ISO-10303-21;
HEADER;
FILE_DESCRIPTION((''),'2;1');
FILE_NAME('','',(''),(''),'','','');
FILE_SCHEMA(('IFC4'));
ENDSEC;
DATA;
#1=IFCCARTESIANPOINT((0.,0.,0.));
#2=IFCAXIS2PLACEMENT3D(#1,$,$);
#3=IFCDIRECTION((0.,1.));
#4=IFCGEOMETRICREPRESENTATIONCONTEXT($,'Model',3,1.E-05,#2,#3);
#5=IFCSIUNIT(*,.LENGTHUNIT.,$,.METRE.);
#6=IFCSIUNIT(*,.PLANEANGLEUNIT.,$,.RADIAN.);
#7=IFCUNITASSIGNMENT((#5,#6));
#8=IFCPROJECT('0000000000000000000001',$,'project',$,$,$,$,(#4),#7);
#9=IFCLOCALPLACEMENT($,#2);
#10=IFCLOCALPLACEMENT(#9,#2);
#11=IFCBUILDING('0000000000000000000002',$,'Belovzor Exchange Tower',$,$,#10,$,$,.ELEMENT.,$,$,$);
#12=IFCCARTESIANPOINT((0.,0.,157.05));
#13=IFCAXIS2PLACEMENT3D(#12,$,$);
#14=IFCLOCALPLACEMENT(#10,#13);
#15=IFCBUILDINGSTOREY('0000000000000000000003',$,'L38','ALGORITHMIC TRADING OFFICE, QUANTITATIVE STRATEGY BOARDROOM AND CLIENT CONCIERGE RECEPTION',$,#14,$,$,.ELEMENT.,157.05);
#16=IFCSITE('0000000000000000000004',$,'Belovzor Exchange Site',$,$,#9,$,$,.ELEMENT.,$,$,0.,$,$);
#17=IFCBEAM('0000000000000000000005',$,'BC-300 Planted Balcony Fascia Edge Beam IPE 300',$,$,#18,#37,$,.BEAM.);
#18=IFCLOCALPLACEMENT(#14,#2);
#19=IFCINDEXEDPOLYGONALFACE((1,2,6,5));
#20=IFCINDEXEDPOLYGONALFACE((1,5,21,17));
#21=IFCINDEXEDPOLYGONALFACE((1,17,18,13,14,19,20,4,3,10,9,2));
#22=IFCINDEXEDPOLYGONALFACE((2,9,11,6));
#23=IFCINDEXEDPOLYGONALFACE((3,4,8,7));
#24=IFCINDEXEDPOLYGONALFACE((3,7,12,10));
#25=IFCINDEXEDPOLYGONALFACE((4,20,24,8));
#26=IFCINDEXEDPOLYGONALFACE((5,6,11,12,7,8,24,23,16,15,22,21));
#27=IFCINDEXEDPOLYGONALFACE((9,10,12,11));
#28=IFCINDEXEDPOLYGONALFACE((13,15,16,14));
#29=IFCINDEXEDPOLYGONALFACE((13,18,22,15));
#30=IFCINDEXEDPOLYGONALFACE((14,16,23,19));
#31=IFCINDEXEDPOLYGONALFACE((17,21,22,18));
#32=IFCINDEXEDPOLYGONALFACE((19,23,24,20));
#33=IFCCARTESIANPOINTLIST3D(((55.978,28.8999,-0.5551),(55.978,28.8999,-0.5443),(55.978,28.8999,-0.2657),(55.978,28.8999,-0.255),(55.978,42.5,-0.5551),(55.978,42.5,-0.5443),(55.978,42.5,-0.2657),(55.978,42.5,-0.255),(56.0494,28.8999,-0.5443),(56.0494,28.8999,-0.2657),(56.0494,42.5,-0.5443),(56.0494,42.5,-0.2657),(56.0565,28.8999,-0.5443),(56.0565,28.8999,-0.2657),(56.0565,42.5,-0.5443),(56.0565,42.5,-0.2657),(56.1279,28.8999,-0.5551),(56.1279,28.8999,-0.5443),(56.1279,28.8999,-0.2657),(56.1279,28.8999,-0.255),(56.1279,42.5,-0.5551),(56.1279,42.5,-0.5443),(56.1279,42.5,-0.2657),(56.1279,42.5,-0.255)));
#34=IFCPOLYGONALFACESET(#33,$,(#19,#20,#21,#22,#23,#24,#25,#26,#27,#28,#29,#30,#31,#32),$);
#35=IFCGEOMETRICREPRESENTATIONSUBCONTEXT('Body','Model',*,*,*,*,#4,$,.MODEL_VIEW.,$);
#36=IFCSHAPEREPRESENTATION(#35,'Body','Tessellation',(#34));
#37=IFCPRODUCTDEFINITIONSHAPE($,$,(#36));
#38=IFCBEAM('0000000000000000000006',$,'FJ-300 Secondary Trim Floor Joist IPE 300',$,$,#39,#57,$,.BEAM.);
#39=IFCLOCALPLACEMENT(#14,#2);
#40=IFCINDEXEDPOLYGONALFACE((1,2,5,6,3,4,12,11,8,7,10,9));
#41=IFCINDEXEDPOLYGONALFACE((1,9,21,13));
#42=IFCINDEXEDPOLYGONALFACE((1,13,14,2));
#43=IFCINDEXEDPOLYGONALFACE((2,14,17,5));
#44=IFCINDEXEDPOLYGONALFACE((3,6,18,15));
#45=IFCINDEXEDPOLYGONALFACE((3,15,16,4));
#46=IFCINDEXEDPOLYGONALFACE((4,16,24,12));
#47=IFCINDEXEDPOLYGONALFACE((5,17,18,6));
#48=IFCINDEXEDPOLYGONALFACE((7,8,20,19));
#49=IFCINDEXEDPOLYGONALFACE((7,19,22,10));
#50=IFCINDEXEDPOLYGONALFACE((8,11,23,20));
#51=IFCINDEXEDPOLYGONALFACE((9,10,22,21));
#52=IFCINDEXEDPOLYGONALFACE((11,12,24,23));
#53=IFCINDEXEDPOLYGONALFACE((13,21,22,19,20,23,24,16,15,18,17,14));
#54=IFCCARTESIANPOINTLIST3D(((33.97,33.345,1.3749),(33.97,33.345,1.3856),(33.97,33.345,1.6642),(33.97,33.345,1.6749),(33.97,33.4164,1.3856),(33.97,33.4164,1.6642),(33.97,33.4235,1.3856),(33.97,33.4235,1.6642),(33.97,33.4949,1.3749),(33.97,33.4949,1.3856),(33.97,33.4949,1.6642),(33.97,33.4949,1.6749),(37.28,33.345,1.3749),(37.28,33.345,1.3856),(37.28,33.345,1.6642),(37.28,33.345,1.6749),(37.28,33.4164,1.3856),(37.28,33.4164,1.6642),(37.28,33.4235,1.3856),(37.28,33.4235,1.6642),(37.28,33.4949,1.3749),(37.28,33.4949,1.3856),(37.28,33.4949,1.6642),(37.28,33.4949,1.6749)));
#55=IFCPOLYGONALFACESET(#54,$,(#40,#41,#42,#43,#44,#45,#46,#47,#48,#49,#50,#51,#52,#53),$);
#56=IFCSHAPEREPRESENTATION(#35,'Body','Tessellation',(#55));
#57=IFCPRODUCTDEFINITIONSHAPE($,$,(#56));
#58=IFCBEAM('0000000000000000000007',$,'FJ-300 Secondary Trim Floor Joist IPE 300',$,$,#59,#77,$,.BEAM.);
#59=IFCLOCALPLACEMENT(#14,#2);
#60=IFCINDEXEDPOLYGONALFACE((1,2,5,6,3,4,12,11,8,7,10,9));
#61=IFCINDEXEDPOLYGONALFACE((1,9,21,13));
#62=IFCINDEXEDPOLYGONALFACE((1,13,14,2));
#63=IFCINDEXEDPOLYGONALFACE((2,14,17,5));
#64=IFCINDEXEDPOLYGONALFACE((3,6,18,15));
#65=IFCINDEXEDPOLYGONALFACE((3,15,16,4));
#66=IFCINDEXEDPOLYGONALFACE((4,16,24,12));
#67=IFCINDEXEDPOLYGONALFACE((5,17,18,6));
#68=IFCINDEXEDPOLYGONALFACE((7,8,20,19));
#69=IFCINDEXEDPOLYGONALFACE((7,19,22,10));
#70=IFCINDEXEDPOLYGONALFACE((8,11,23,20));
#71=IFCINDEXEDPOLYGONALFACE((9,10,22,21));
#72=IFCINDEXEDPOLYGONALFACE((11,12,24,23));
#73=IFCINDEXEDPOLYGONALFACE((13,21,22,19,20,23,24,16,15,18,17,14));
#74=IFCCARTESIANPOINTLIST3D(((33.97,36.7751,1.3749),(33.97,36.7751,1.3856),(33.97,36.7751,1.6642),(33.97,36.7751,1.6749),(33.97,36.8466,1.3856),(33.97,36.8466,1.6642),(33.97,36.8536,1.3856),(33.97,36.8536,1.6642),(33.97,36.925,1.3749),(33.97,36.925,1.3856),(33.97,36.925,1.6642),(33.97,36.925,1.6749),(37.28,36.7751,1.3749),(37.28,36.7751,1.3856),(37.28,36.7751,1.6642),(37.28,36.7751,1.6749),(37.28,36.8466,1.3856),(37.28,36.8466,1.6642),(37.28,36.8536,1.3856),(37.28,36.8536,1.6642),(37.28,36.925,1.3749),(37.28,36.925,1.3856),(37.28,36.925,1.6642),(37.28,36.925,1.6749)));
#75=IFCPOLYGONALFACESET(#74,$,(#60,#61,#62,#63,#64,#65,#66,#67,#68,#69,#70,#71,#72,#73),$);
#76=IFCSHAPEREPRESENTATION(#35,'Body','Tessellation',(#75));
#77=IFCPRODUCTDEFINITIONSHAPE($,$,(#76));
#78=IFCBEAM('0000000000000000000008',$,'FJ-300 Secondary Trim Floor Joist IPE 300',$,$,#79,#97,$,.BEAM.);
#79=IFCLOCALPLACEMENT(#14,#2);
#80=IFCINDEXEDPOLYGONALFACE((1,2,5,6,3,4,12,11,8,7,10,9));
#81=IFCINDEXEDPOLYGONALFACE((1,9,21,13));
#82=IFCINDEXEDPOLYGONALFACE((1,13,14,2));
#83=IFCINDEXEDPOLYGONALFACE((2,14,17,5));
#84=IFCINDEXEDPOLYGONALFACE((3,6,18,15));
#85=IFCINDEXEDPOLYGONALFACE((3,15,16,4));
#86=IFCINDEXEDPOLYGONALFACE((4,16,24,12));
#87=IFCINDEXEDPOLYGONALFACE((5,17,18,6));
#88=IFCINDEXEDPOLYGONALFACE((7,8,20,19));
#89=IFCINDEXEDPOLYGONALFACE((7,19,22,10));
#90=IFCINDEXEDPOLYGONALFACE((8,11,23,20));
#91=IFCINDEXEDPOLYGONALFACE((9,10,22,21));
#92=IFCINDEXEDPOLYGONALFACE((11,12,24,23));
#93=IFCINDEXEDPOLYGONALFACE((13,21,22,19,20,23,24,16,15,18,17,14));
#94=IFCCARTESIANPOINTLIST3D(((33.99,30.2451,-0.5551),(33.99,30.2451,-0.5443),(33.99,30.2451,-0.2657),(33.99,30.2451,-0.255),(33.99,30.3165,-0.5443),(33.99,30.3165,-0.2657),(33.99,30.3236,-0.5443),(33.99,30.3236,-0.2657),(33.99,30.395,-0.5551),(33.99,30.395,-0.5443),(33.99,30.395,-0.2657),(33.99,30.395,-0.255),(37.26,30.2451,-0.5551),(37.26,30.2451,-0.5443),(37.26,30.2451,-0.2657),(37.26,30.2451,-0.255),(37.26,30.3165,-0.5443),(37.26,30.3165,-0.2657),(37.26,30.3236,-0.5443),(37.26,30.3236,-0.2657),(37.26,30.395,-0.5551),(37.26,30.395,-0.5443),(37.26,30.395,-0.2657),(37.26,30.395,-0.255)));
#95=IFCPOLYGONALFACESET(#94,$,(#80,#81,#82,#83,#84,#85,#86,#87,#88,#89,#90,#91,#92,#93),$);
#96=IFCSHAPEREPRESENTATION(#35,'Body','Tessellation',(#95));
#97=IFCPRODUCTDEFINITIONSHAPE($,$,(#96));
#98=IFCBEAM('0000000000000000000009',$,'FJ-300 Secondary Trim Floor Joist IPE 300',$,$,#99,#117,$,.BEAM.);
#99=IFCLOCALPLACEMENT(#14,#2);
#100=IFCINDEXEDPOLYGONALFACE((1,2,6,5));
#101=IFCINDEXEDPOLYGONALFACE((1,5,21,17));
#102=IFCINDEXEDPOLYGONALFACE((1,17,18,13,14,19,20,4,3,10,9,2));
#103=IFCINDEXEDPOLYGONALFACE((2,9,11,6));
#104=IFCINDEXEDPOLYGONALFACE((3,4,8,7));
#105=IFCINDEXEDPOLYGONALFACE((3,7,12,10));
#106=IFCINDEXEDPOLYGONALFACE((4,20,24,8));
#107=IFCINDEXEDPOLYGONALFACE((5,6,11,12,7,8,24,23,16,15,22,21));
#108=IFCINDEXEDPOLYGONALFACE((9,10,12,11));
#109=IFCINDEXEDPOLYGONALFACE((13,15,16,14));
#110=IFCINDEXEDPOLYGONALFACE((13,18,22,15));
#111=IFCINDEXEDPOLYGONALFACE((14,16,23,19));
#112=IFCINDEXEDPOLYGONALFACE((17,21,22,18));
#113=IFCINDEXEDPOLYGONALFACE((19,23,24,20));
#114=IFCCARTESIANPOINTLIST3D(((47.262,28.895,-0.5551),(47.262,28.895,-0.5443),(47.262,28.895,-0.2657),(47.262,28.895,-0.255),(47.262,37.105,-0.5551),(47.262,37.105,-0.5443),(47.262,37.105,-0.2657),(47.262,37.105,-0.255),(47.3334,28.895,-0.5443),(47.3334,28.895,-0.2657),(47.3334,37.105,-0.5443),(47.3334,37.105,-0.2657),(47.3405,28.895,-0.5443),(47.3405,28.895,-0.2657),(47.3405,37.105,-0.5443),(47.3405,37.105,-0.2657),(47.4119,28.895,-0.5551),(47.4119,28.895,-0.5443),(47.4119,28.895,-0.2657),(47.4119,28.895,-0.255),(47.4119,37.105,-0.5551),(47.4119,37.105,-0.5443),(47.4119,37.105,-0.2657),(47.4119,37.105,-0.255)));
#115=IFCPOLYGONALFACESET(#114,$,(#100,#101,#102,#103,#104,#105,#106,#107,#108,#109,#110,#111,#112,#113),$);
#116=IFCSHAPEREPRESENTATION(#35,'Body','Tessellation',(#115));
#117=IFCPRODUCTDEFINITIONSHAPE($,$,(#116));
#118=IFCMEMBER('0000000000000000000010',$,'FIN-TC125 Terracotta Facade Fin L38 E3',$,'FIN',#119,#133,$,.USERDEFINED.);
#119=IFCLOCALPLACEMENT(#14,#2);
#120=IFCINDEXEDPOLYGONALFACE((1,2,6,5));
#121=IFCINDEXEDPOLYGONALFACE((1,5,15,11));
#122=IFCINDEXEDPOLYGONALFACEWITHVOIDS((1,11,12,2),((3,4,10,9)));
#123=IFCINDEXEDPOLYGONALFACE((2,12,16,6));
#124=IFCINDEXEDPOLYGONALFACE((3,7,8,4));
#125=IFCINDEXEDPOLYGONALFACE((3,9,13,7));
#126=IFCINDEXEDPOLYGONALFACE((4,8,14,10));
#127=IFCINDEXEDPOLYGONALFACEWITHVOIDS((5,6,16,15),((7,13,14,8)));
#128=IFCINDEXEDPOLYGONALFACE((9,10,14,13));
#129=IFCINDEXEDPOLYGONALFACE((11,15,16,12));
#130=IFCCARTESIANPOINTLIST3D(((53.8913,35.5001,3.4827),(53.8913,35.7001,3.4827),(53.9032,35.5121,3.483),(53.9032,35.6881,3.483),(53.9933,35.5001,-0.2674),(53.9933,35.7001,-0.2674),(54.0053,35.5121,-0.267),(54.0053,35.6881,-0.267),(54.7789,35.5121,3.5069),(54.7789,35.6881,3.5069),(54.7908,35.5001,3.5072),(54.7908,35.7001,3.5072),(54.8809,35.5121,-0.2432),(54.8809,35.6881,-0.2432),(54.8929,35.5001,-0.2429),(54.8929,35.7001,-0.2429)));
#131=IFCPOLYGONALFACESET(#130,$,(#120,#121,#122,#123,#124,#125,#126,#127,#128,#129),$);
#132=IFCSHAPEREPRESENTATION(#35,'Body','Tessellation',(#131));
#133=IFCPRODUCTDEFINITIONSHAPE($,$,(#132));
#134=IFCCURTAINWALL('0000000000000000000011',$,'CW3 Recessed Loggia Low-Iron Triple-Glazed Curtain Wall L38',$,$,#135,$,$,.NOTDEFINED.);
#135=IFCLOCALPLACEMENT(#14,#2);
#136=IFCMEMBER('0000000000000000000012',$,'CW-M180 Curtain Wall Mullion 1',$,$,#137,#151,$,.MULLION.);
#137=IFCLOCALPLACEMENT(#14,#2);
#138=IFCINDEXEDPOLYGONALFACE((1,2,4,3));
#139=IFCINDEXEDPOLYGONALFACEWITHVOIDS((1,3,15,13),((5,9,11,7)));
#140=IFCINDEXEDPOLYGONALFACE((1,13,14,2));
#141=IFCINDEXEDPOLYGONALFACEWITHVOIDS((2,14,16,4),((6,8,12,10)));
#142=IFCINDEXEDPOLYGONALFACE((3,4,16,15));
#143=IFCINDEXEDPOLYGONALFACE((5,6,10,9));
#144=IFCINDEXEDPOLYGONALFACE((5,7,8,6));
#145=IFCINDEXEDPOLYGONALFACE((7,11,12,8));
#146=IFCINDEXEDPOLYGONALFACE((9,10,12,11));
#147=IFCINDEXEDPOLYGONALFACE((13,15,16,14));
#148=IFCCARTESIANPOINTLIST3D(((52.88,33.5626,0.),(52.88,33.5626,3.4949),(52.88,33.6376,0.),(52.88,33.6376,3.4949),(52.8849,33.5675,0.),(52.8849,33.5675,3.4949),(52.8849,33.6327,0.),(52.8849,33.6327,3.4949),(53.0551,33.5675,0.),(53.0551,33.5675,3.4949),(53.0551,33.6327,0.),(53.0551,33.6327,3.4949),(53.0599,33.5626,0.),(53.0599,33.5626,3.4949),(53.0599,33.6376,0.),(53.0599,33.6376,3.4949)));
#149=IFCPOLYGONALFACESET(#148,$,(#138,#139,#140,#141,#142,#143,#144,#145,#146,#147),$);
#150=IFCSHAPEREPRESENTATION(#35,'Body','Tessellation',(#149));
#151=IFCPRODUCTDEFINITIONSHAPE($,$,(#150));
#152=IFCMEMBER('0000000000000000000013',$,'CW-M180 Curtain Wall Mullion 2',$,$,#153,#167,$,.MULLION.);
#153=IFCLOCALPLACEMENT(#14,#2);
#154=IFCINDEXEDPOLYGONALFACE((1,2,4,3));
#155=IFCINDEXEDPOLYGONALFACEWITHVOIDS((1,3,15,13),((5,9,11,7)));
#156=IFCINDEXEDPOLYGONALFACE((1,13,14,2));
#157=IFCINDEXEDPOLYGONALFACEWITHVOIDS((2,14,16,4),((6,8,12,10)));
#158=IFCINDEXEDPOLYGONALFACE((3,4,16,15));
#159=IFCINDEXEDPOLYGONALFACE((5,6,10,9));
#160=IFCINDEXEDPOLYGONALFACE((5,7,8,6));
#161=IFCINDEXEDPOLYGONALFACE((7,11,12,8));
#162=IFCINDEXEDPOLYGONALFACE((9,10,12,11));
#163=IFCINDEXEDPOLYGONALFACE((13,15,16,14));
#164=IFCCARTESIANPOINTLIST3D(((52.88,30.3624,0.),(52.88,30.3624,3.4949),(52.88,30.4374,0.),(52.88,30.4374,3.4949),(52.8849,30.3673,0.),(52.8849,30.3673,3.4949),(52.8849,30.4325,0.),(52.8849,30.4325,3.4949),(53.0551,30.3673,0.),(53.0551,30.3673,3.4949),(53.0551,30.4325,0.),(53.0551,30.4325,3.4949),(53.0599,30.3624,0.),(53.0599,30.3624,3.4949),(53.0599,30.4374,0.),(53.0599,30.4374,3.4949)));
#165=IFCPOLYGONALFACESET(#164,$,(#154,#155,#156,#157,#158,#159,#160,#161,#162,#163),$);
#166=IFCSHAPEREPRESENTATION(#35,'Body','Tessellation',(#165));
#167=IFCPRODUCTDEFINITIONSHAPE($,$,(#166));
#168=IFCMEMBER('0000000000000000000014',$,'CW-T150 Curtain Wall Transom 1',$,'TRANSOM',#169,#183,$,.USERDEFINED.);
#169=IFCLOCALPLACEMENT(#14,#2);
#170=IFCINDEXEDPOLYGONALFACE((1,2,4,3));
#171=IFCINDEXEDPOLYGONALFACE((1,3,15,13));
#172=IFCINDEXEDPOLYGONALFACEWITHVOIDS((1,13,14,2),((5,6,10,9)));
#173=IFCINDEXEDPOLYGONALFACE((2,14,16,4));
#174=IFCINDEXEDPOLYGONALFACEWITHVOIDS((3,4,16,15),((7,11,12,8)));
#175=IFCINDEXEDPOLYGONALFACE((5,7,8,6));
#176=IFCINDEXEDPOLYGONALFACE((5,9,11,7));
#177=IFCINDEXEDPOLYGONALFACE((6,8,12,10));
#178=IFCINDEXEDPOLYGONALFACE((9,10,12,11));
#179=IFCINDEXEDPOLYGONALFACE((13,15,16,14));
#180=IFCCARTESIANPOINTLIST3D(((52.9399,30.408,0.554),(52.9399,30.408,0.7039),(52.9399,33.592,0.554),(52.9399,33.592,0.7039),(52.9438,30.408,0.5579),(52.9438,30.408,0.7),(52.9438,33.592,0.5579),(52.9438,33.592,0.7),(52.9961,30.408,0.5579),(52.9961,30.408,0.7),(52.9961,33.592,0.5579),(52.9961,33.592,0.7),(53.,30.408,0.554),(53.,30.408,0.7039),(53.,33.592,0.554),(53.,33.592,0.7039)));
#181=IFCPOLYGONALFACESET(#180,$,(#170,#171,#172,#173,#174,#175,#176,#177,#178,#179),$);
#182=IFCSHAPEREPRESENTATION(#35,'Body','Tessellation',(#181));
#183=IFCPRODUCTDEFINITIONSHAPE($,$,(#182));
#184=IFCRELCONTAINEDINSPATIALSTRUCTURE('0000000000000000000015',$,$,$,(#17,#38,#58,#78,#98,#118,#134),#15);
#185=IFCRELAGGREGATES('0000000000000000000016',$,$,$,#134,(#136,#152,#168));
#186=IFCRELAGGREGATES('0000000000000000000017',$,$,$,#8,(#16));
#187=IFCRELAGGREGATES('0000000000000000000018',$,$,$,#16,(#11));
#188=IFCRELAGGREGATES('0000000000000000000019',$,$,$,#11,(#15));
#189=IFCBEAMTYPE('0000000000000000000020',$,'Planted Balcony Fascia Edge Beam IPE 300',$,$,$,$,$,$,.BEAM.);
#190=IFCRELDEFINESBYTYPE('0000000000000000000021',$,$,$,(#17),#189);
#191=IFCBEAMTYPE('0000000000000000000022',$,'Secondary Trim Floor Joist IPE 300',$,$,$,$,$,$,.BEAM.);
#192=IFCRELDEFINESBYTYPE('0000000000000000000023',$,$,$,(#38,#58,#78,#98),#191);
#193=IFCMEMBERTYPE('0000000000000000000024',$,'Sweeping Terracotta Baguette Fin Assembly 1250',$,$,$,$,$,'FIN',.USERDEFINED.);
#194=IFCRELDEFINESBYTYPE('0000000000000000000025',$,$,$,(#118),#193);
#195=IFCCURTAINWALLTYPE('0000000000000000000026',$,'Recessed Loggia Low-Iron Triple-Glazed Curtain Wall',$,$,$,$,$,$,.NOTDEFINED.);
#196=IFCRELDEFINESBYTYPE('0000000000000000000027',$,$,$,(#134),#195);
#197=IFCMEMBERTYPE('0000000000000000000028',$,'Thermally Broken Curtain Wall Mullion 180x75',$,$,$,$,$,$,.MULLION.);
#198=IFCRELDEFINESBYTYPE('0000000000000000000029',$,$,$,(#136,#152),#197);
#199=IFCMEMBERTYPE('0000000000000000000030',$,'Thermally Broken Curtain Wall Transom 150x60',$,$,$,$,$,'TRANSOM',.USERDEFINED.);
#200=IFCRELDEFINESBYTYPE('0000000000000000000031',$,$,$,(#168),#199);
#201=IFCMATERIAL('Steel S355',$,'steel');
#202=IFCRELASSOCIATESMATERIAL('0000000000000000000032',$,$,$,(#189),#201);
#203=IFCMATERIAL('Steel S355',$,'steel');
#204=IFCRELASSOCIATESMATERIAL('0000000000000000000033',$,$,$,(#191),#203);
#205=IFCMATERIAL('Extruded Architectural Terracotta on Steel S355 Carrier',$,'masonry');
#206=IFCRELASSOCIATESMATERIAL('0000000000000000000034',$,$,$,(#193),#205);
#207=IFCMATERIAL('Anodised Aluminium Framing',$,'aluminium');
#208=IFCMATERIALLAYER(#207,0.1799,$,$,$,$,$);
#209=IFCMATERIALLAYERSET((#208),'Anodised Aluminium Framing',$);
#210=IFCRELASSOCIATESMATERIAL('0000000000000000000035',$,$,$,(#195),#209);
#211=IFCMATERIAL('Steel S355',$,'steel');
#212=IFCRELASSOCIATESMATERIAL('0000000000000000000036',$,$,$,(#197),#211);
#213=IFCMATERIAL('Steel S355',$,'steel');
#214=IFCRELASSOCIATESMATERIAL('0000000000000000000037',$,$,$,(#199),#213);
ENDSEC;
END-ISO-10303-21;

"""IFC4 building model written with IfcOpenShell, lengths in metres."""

from ifc_helpers import new_model, si_unit, direction, frame, origin, origin_2d, place, context, subcontext, project, spatial, hollow_rectangle, i_section, extrude, material, layer, layer_set, material_profile, profile_set, type_object, element, aggregate, save


model = new_model("IFC4")

# Units and contexts
model_context = context("Model", 3, precision=1e-05, world=origin(), true_north=direction((0.0, 1.0)))
body_context = subcontext(model_context, "Body", "Model", "MODEL_VIEW")
ifc_project = project(units=[si_unit("LENGTHUNIT", "METRE"), si_unit("PLANEANGLEUNIT", "RADIAN")], contexts=[model_context])

# Site, building, storey
site_placement = place(None, origin())
site = spatial("IfcSite", under=ifc_project, at=site_placement, Name="Belovzor Exchange Site", CompositionType="ELEMENT", RefElevation=0.0)
building_placement = place(site_placement, origin())
building = spatial("IfcBuilding", under=site, at=building_placement, Name="Belovzor Exchange Tower", CompositionType="ELEMENT")
storey_placement = place(building_placement, frame((0.0, 0.0, 157.05)))
storey = spatial("IfcBuildingStorey", under=building, at=storey_placement, Name="L38", Description="ALGORITHMIC TRADING OFFICE, QUANTITATIVE STRATEGY BOARDROOM AND CLIENT CONCIERGE RECEPTION", CompositionType="ELEMENT", Elevation=157.05)

# Beams
ifc_material_1 = material(Name="Steel S355", Category="steel")
ifc_material_profile_1 = material_profile(ifc_material_1, i_section(OverallWidth=0.1499, OverallDepth=0.3, WebThickness=0.0071, FlangeThickness=0.0107, at=origin_2d()))
ifc_profile_set_1 = profile_set([ifc_material_profile_1], Name="Steel S355")
beam_type_1 = type_object("IfcBeamType", Name="Planted Balcony Fascia Edge Beam IPE 300", PredefinedType="BEAM", material=ifc_profile_set_1)
beam_1_placement = place(storey_placement, frame((56.053, 28.8999, -0.405), z_axis=(0.0, 1.0, 0.0), x_axis=(-1.0, 0.0, 0.0)))
element("IfcBeam", 1, at=beam_1_placement, inside=storey, type_object=beam_type_1, Name="BC-300 Planted Balcony Fascia Edge Beam IPE 300", PredefinedType="BEAM", context=body_context, shape_type="SweptSolid", body=[
    extrude(i_section(OverallWidth=0.1499, OverallDepth=0.3, WebThickness=0.0071, FlangeThickness=0.0107, at=origin_2d()), origin(), (0.0, 0.0, 1.0), 13.6001),
])
ifc_material_2 = material(Name="Steel S355", Category="steel")
ifc_material_profile_2 = material_profile(ifc_material_2, i_section(OverallWidth=0.1499, OverallDepth=0.3, WebThickness=0.0071, FlangeThickness=0.0107, at=origin_2d()))
ifc_profile_set_2 = profile_set([ifc_material_profile_2], Name="Steel S355")
beam_type_2 = type_object("IfcBeamType", Name="Secondary Trim Floor Joist IPE 300", PredefinedType="BEAM", material=ifc_profile_set_2)
for number, where, z_axis, x_axis, name in (
    (2, (37.28, 33.4199, 1.5249), (-1.0, 0.0, 0.0), (0.0, -1.0, 0.0), "FJ-300 Secondary Trim Floor Joist IPE 300"),
    (3, (37.28, 36.8501, 1.5249), (-1.0, 0.0, 0.0), (0.0, -1.0, 0.0), "FJ-300 Secondary Trim Floor Joist IPE 300"),
):
    element("IfcBeam", number, at=place(storey_placement, frame(where, z_axis=z_axis, x_axis=x_axis)), inside=storey, type_object=beam_type_2, Name=name, PredefinedType="BEAM", context=body_context, shape_type="SweptSolid", body=[
        extrude(i_section(OverallWidth=0.1499, OverallDepth=0.3, WebThickness=0.0071, FlangeThickness=0.0107, at=origin_2d()), origin(), (0.0, 0.0, 1.0), 3.3101),
    ])
beam_2_placement = place(storey_placement, frame((37.26, 30.3201, -0.405), z_axis=(-1.0, 0.0, 0.0), x_axis=(0.0, -1.0, 0.0)))
element("IfcBeam", 4, at=beam_2_placement, inside=storey, type_object=beam_type_2, Name="FJ-300 Secondary Trim Floor Joist IPE 300", PredefinedType="BEAM", context=body_context, shape_type="SweptSolid", body=[
    extrude(i_section(OverallWidth=0.1499, OverallDepth=0.3, WebThickness=0.0071, FlangeThickness=0.0107, at=origin_2d()), origin(), (0.0, 0.0, 1.0), 3.27),
])
beam_3_placement = place(storey_placement, frame((47.3369, 28.895, -0.405), z_axis=(0.0, 1.0, 0.0), x_axis=(-1.0, 0.0, 0.0)))
element("IfcBeam", 5, at=beam_3_placement, inside=storey, type_object=beam_type_2, Name="FJ-300 Secondary Trim Floor Joist IPE 300", PredefinedType="BEAM", context=body_context, shape_type="SweptSolid", body=[
    extrude(i_section(OverallWidth=0.1499, OverallDepth=0.3, WebThickness=0.0071, FlangeThickness=0.0107, at=origin_2d()), origin(), (0.0, 0.0, 1.0), 8.21),
])

# Member
ifc_material_3 = material(Name="Extruded Architectural Terracotta on Steel S355 Carrier", Category="masonry")
ifc_material_profile_3 = material_profile(ifc_material_3, hollow_rectangle(XDim=0.2, YDim=0.8999, WallThickness=0.012, at=origin_2d()))
ifc_profile_set_3 = profile_set([ifc_material_profile_3], Name="Extruded Architectural Terracotta on Steel S355 Carrier")
member_type_1 = type_object("IfcMemberType", Name="Sweeping Terracotta Baguette Fin Assembly 1250", ElementType="FIN", PredefinedType="USERDEFINED", material=ifc_profile_set_3)
member_1_placement = place(storey_placement, frame((54.4431, 35.6001, -0.2551), z_axis=(-0.027203, 0.0, 0.99963), x_axis=(0.0, -1.0, 0.0)))
element("IfcMember", 6, at=member_1_placement, inside=storey, type_object=member_type_1, Name="FIN-TC125 Terracotta Facade Fin L38 E3", ObjectType="FIN", PredefinedType="USERDEFINED", context=body_context, shape_type="SweptSolid", body=[
    extrude(hollow_rectangle(XDim=0.2, YDim=0.8999, WallThickness=0.012, at=origin_2d()), origin(), (0.0, 0.0, 1.0), 3.7515),
])

# Curtain wall, members
ifc_material_4 = material(Name="Anodised Aluminium Framing", Category="aluminium")
ifc_layer_1 = layer(ifc_material_4, 0.1799)
ifc_layer_set_1 = layer_set([ifc_layer_1], Name="Anodised Aluminium Framing")
curtain_wall_type = type_object("IfcCurtainWallType", Name="Recessed Loggia Low-Iron Triple-Glazed Curtain Wall", PredefinedType="NOTDEFINED", material=ifc_layer_set_1)
curtain_wall_placement = place(storey_placement, origin())
curtain_wall = element("IfcCurtainWall", 7, at=curtain_wall_placement, inside=storey, type_object=curtain_wall_type, Name="CW3 Recessed Loggia Low-Iron Triple-Glazed Curtain Wall L38", PredefinedType="NOTDEFINED")
ifc_material_5 = material(Name="Steel S355", Category="steel")
ifc_material_profile_4 = material_profile(ifc_material_5, hollow_rectangle(XDim=0.075, YDim=0.1799, WallThickness=0.0049, at=origin_2d()))
ifc_profile_set_4 = profile_set([ifc_material_profile_4], Name="Steel S355")
member_type_2 = type_object("IfcMemberType", Name="Thermally Broken Curtain Wall Mullion 180x75", PredefinedType="MULLION", material=ifc_profile_set_4)
member_2_placement = place(storey_placement, frame((52.97, 33.6001, 0.0), z_axis=(0.0, 0.0, 1.0), x_axis=(0.0, -1.0, 0.0)))
member_2 = element("IfcMember", 8, at=member_2_placement, type_object=member_type_2, Name="CW-M180 Curtain Wall Mullion 1", PredefinedType="MULLION", context=body_context, shape_type="SweptSolid", body=[
    extrude(hollow_rectangle(XDim=0.075, YDim=0.1799, WallThickness=0.0049, at=origin_2d()), origin(), (0.0, 0.0, 1.0), 3.4949),
])
member_3_placement = place(storey_placement, frame((52.97, 30.3999, 0.0), z_axis=(0.0, 0.0, 1.0), x_axis=(0.0, -1.0, 0.0)))
member_3 = element("IfcMember", 9, at=member_3_placement, type_object=member_type_2, Name="CW-M180 Curtain Wall Mullion 2", PredefinedType="MULLION", context=body_context, shape_type="SweptSolid", body=[
    extrude(hollow_rectangle(XDim=0.075, YDim=0.1799, WallThickness=0.0049, at=origin_2d()), origin(), (0.0, 0.0, 1.0), 3.4949),
])
ifc_material_6 = material(Name="Steel S355", Category="steel")
ifc_material_profile_5 = material_profile(ifc_material_6, hollow_rectangle(XDim=0.0601, YDim=0.1499, WallThickness=0.0039, at=origin_2d()))
ifc_profile_set_5 = profile_set([ifc_material_profile_5], Name="Steel S355")
member_type_3 = type_object("IfcMemberType", Name="Thermally Broken Curtain Wall Transom 150x60", ElementType="TRANSOM", PredefinedType="USERDEFINED", material=ifc_profile_set_5)
member_4_placement = place(storey_placement, frame((52.97, 33.592, 0.6289), z_axis=(0.0, -1.0, 0.0), x_axis=(1.0, 0.0, 0.0)))
member_4 = element("IfcMember", 10, at=member_4_placement, type_object=member_type_3, Name="CW-T150 Curtain Wall Transom 1", ObjectType="TRANSOM", PredefinedType="USERDEFINED", context=body_context, shape_type="SweptSolid", body=[
    extrude(hollow_rectangle(XDim=0.0601, YDim=0.1499, WallThickness=0.0039, at=origin_2d()), origin(), (0.0, 0.0, 1.0), 3.1841),
])

aggregate(curtain_wall, [member_2, member_3, member_4])

save(model, "model.ifc")
